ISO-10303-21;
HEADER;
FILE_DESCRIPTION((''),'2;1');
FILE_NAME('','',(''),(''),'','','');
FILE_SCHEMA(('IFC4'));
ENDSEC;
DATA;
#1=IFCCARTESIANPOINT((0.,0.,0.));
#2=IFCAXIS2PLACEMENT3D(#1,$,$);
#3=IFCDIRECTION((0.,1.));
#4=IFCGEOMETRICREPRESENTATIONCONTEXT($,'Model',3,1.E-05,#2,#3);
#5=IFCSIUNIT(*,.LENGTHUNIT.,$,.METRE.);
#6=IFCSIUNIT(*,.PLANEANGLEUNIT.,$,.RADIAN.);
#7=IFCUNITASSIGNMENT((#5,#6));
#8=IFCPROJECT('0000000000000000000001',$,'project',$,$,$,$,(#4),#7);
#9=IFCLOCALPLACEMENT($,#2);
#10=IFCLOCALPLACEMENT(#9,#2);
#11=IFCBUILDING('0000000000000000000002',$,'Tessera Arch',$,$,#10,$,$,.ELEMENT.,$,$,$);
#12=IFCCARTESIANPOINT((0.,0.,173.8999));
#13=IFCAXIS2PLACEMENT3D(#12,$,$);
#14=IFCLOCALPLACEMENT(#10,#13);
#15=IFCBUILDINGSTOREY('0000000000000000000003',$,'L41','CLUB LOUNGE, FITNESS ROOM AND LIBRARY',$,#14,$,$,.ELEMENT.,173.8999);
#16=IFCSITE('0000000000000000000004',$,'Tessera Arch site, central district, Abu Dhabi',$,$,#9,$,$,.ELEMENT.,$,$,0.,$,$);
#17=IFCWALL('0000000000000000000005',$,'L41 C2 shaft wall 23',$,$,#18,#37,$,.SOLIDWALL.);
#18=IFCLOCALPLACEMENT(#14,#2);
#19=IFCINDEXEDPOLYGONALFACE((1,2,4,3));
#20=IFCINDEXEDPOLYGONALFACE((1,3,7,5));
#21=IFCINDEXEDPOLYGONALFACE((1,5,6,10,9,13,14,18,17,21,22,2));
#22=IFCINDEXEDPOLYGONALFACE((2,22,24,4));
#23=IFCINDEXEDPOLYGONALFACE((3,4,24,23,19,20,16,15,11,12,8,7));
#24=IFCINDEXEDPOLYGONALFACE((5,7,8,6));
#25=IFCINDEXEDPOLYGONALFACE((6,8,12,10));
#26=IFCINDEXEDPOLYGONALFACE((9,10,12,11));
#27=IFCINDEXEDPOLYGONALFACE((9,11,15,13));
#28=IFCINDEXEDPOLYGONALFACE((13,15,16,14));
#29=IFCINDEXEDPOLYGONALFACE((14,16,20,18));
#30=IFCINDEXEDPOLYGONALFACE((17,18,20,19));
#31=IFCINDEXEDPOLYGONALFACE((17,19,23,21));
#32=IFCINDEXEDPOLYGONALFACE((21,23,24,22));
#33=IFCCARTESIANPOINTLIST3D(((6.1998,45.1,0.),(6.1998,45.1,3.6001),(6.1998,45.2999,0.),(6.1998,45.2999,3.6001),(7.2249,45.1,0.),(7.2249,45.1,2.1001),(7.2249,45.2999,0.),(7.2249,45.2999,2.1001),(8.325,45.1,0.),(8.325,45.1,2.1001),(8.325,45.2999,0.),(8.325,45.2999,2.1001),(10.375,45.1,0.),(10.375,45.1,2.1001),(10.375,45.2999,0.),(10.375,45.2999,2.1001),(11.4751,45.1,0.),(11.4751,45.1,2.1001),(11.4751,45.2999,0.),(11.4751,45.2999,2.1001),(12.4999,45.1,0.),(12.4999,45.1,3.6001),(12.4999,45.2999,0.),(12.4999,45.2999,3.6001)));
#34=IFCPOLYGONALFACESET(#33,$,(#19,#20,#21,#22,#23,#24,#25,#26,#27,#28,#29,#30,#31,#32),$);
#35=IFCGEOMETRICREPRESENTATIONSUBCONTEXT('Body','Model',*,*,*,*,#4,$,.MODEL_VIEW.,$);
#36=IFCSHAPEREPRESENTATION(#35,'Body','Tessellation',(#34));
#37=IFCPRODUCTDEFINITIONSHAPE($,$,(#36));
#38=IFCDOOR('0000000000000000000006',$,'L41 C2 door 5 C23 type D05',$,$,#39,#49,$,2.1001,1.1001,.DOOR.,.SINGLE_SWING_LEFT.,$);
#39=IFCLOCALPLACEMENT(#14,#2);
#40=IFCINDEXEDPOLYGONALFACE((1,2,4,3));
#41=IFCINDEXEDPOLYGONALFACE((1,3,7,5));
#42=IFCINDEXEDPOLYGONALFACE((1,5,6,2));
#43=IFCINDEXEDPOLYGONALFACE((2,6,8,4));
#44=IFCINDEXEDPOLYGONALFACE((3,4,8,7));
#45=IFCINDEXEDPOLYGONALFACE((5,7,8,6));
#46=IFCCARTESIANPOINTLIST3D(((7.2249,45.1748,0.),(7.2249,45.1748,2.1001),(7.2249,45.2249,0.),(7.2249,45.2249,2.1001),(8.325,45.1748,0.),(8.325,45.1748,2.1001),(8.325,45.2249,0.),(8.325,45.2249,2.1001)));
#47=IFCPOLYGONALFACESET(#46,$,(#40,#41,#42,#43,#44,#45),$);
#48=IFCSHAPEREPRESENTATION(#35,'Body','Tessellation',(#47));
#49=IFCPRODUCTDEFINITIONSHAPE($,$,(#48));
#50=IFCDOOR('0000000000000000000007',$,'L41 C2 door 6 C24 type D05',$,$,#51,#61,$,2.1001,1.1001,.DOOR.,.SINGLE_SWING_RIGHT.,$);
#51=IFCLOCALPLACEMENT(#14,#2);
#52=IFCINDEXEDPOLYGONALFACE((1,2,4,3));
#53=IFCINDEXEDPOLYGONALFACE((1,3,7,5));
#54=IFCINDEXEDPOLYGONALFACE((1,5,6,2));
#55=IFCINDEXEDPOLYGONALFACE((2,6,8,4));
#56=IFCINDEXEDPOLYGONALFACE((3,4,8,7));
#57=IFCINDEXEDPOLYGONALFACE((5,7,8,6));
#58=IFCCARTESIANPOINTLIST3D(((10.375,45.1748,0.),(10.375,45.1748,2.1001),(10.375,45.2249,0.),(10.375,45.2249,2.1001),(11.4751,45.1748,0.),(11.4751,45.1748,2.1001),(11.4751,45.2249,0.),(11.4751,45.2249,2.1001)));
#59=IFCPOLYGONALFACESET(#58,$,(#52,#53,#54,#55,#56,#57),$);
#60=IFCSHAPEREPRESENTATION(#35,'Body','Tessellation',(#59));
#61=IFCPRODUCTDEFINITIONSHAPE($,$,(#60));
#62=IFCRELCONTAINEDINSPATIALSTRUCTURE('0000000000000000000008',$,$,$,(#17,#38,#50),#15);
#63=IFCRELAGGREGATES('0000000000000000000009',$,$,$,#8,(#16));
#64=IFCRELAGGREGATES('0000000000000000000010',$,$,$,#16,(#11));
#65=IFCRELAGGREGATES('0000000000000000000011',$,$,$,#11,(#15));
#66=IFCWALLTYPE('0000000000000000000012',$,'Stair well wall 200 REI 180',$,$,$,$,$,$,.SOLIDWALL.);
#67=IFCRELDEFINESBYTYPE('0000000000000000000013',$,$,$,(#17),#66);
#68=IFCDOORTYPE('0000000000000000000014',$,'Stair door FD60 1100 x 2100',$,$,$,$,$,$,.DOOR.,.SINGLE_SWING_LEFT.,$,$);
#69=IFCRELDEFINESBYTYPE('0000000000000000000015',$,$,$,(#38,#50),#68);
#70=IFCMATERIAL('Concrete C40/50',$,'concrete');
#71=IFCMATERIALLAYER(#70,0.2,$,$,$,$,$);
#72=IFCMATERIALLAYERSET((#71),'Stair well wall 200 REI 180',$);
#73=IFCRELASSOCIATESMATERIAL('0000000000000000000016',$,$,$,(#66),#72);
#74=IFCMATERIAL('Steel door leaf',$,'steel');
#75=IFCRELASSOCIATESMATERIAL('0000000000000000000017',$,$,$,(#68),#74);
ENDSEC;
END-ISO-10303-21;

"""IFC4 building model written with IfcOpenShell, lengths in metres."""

from ifc_helpers import new_model, si_unit, direction, frame, frame_2d, origin, place, context, subcontext, project, spatial, rectangle, extrude, material, layer, layer_set, type_object, element, fill, save


model = new_model("IFC4")

# Units and contexts
model_context = context("Model", 3, precision=1e-05, world=origin(), true_north=direction((0.0, 1.0)))
body_context = subcontext(model_context, "Body", "Model", "MODEL_VIEW")
ifc_project = project(units=[si_unit("LENGTHUNIT", "METRE"), si_unit("PLANEANGLEUNIT", "RADIAN")], contexts=[model_context])

# Site, building, storey
site_placement = place(None, origin())
site = spatial("IfcSite", under=ifc_project, at=site_placement, Name="Tessera Arch site, central district, Abu Dhabi", CompositionType="ELEMENT", RefElevation=0.0)
building_placement = place(site_placement, origin())
building = spatial("IfcBuilding", under=site, at=building_placement, Name="Tessera Arch", CompositionType="ELEMENT")
storey_placement = place(building_placement, frame((0.0, 0.0, 173.8999)))
storey = spatial("IfcBuildingStorey", under=building, at=storey_placement, Name="L41", Description="CLUB LOUNGE, FITNESS ROOM AND LIBRARY", CompositionType="ELEMENT", Elevation=173.8999)

# Wall, openings, doors
ifc_material_1 = material(Name="Concrete C40/50", Category="concrete")
ifc_layer_1 = layer(ifc_material_1, 0.2)
ifc_layer_set_1 = layer_set([ifc_layer_1], Name="Stair well wall 200 REI 180")
wall_type_1 = type_object("IfcWallType", Name="Stair well wall 200 REI 180", PredefinedType="SOLIDWALL", material=ifc_layer_set_1)
wall_1_placement = place(storey_placement, frame((6.2, 45.2, 0.0), z_axis=(0.0, 0.0, 1.0), x_axis=(1.0, 0.0, 0.0)))
wall_1 = element("IfcWall", 1, at=wall_1_placement, inside=storey, type_object=wall_type_1, Name="L41 C2 shaft wall 23", PredefinedType="SOLIDWALL", context=body_context, shape_type="SweptSolid", body=[
    extrude(rectangle(XDim=6.3, YDim=0.2, at=frame_2d((3.1499, 0.0))), origin(), (0.0, 0.0, 1.0), 3.6001),
])
opening_1_placement = place(wall_1_placement, frame((1.0249, 0.0, 0.0)))
opening_1 = element("IfcOpeningElement", 2, at=opening_1_placement, cuts=wall_1, PredefinedType="OPENING", context=body_context, shape_type="SweptSolid", body=[
    extrude(rectangle(XDim=1.1001, YDim=2.1001, at=frame_2d((0.55, 1.05))), frame((0.0, 0.1099, 0.0), z_axis=(0.0, -1.0, 0.0), x_axis=(1.0, 0.0, 0.0)), (0.0, 0.0, 1.0), 0.22),
])
opening_2_placement = place(wall_1_placement, frame((4.175, 0.0, 0.0)))
opening_2 = element("IfcOpeningElement", 3, at=opening_2_placement, cuts=wall_1, PredefinedType="OPENING", context=body_context, shape_type="SweptSolid", body=[
    extrude(rectangle(XDim=1.1001, YDim=2.1001, at=frame_2d((0.55, 1.05))), frame((0.0, 0.1099, 0.0), z_axis=(0.0, -1.0, 0.0), x_axis=(1.0, 0.0, 0.0)), (0.0, 0.0, 1.0), 0.22),
])
ifc_material_2 = material(Name="Steel door leaf", Category="steel")
door_type_1 = type_object("IfcDoorType", Name="Stair door FD60 1100 x 2100", OperationType="SINGLE_SWING_LEFT", PredefinedType="DOOR", material=ifc_material_2)
door_1_placement = place(opening_1_placement, origin())
door_1 = element("IfcDoor", 4, at=door_1_placement, inside=storey, type_object=door_type_1, Name="L41 C2 door 5 C23 type D05", OperationType="SINGLE_SWING_LEFT", OverallHeight=2.1001, OverallWidth=1.1001, PredefinedType="DOOR", context=body_context, shape_type="SweptSolid", body=[
    extrude(rectangle(XDim=1.1001, YDim=2.1001, at=frame_2d((0.55, 1.05))), frame((0.0, 0.0249, 0.0), z_axis=(0.0, -1.0, 0.0), x_axis=(1.0, 0.0, 0.0)), (0.0, 0.0, 1.0), 0.05),
])
fill(opening_1, door_1)
door_2_placement = place(opening_2_placement, origin())
door_2 = element("IfcDoor", 5, at=door_2_placement, inside=storey, type_object=door_type_1, Name="L41 C2 door 6 C24 type D05", OperationType="SINGLE_SWING_RIGHT", OverallHeight=2.1001, OverallWidth=1.1001, PredefinedType="DOOR", context=body_context, shape_type="SweptSolid", body=[
    extrude(rectangle(XDim=1.1001, YDim=2.1001, at=frame_2d((0.55, 1.05))), frame((0.0, 0.0249, 0.0), z_axis=(0.0, -1.0, 0.0), x_axis=(1.0, 0.0, 0.0)), (0.0, 0.0, 1.0), 0.05),
])
fill(opening_2, door_2)

save(model, "model.ifc")
